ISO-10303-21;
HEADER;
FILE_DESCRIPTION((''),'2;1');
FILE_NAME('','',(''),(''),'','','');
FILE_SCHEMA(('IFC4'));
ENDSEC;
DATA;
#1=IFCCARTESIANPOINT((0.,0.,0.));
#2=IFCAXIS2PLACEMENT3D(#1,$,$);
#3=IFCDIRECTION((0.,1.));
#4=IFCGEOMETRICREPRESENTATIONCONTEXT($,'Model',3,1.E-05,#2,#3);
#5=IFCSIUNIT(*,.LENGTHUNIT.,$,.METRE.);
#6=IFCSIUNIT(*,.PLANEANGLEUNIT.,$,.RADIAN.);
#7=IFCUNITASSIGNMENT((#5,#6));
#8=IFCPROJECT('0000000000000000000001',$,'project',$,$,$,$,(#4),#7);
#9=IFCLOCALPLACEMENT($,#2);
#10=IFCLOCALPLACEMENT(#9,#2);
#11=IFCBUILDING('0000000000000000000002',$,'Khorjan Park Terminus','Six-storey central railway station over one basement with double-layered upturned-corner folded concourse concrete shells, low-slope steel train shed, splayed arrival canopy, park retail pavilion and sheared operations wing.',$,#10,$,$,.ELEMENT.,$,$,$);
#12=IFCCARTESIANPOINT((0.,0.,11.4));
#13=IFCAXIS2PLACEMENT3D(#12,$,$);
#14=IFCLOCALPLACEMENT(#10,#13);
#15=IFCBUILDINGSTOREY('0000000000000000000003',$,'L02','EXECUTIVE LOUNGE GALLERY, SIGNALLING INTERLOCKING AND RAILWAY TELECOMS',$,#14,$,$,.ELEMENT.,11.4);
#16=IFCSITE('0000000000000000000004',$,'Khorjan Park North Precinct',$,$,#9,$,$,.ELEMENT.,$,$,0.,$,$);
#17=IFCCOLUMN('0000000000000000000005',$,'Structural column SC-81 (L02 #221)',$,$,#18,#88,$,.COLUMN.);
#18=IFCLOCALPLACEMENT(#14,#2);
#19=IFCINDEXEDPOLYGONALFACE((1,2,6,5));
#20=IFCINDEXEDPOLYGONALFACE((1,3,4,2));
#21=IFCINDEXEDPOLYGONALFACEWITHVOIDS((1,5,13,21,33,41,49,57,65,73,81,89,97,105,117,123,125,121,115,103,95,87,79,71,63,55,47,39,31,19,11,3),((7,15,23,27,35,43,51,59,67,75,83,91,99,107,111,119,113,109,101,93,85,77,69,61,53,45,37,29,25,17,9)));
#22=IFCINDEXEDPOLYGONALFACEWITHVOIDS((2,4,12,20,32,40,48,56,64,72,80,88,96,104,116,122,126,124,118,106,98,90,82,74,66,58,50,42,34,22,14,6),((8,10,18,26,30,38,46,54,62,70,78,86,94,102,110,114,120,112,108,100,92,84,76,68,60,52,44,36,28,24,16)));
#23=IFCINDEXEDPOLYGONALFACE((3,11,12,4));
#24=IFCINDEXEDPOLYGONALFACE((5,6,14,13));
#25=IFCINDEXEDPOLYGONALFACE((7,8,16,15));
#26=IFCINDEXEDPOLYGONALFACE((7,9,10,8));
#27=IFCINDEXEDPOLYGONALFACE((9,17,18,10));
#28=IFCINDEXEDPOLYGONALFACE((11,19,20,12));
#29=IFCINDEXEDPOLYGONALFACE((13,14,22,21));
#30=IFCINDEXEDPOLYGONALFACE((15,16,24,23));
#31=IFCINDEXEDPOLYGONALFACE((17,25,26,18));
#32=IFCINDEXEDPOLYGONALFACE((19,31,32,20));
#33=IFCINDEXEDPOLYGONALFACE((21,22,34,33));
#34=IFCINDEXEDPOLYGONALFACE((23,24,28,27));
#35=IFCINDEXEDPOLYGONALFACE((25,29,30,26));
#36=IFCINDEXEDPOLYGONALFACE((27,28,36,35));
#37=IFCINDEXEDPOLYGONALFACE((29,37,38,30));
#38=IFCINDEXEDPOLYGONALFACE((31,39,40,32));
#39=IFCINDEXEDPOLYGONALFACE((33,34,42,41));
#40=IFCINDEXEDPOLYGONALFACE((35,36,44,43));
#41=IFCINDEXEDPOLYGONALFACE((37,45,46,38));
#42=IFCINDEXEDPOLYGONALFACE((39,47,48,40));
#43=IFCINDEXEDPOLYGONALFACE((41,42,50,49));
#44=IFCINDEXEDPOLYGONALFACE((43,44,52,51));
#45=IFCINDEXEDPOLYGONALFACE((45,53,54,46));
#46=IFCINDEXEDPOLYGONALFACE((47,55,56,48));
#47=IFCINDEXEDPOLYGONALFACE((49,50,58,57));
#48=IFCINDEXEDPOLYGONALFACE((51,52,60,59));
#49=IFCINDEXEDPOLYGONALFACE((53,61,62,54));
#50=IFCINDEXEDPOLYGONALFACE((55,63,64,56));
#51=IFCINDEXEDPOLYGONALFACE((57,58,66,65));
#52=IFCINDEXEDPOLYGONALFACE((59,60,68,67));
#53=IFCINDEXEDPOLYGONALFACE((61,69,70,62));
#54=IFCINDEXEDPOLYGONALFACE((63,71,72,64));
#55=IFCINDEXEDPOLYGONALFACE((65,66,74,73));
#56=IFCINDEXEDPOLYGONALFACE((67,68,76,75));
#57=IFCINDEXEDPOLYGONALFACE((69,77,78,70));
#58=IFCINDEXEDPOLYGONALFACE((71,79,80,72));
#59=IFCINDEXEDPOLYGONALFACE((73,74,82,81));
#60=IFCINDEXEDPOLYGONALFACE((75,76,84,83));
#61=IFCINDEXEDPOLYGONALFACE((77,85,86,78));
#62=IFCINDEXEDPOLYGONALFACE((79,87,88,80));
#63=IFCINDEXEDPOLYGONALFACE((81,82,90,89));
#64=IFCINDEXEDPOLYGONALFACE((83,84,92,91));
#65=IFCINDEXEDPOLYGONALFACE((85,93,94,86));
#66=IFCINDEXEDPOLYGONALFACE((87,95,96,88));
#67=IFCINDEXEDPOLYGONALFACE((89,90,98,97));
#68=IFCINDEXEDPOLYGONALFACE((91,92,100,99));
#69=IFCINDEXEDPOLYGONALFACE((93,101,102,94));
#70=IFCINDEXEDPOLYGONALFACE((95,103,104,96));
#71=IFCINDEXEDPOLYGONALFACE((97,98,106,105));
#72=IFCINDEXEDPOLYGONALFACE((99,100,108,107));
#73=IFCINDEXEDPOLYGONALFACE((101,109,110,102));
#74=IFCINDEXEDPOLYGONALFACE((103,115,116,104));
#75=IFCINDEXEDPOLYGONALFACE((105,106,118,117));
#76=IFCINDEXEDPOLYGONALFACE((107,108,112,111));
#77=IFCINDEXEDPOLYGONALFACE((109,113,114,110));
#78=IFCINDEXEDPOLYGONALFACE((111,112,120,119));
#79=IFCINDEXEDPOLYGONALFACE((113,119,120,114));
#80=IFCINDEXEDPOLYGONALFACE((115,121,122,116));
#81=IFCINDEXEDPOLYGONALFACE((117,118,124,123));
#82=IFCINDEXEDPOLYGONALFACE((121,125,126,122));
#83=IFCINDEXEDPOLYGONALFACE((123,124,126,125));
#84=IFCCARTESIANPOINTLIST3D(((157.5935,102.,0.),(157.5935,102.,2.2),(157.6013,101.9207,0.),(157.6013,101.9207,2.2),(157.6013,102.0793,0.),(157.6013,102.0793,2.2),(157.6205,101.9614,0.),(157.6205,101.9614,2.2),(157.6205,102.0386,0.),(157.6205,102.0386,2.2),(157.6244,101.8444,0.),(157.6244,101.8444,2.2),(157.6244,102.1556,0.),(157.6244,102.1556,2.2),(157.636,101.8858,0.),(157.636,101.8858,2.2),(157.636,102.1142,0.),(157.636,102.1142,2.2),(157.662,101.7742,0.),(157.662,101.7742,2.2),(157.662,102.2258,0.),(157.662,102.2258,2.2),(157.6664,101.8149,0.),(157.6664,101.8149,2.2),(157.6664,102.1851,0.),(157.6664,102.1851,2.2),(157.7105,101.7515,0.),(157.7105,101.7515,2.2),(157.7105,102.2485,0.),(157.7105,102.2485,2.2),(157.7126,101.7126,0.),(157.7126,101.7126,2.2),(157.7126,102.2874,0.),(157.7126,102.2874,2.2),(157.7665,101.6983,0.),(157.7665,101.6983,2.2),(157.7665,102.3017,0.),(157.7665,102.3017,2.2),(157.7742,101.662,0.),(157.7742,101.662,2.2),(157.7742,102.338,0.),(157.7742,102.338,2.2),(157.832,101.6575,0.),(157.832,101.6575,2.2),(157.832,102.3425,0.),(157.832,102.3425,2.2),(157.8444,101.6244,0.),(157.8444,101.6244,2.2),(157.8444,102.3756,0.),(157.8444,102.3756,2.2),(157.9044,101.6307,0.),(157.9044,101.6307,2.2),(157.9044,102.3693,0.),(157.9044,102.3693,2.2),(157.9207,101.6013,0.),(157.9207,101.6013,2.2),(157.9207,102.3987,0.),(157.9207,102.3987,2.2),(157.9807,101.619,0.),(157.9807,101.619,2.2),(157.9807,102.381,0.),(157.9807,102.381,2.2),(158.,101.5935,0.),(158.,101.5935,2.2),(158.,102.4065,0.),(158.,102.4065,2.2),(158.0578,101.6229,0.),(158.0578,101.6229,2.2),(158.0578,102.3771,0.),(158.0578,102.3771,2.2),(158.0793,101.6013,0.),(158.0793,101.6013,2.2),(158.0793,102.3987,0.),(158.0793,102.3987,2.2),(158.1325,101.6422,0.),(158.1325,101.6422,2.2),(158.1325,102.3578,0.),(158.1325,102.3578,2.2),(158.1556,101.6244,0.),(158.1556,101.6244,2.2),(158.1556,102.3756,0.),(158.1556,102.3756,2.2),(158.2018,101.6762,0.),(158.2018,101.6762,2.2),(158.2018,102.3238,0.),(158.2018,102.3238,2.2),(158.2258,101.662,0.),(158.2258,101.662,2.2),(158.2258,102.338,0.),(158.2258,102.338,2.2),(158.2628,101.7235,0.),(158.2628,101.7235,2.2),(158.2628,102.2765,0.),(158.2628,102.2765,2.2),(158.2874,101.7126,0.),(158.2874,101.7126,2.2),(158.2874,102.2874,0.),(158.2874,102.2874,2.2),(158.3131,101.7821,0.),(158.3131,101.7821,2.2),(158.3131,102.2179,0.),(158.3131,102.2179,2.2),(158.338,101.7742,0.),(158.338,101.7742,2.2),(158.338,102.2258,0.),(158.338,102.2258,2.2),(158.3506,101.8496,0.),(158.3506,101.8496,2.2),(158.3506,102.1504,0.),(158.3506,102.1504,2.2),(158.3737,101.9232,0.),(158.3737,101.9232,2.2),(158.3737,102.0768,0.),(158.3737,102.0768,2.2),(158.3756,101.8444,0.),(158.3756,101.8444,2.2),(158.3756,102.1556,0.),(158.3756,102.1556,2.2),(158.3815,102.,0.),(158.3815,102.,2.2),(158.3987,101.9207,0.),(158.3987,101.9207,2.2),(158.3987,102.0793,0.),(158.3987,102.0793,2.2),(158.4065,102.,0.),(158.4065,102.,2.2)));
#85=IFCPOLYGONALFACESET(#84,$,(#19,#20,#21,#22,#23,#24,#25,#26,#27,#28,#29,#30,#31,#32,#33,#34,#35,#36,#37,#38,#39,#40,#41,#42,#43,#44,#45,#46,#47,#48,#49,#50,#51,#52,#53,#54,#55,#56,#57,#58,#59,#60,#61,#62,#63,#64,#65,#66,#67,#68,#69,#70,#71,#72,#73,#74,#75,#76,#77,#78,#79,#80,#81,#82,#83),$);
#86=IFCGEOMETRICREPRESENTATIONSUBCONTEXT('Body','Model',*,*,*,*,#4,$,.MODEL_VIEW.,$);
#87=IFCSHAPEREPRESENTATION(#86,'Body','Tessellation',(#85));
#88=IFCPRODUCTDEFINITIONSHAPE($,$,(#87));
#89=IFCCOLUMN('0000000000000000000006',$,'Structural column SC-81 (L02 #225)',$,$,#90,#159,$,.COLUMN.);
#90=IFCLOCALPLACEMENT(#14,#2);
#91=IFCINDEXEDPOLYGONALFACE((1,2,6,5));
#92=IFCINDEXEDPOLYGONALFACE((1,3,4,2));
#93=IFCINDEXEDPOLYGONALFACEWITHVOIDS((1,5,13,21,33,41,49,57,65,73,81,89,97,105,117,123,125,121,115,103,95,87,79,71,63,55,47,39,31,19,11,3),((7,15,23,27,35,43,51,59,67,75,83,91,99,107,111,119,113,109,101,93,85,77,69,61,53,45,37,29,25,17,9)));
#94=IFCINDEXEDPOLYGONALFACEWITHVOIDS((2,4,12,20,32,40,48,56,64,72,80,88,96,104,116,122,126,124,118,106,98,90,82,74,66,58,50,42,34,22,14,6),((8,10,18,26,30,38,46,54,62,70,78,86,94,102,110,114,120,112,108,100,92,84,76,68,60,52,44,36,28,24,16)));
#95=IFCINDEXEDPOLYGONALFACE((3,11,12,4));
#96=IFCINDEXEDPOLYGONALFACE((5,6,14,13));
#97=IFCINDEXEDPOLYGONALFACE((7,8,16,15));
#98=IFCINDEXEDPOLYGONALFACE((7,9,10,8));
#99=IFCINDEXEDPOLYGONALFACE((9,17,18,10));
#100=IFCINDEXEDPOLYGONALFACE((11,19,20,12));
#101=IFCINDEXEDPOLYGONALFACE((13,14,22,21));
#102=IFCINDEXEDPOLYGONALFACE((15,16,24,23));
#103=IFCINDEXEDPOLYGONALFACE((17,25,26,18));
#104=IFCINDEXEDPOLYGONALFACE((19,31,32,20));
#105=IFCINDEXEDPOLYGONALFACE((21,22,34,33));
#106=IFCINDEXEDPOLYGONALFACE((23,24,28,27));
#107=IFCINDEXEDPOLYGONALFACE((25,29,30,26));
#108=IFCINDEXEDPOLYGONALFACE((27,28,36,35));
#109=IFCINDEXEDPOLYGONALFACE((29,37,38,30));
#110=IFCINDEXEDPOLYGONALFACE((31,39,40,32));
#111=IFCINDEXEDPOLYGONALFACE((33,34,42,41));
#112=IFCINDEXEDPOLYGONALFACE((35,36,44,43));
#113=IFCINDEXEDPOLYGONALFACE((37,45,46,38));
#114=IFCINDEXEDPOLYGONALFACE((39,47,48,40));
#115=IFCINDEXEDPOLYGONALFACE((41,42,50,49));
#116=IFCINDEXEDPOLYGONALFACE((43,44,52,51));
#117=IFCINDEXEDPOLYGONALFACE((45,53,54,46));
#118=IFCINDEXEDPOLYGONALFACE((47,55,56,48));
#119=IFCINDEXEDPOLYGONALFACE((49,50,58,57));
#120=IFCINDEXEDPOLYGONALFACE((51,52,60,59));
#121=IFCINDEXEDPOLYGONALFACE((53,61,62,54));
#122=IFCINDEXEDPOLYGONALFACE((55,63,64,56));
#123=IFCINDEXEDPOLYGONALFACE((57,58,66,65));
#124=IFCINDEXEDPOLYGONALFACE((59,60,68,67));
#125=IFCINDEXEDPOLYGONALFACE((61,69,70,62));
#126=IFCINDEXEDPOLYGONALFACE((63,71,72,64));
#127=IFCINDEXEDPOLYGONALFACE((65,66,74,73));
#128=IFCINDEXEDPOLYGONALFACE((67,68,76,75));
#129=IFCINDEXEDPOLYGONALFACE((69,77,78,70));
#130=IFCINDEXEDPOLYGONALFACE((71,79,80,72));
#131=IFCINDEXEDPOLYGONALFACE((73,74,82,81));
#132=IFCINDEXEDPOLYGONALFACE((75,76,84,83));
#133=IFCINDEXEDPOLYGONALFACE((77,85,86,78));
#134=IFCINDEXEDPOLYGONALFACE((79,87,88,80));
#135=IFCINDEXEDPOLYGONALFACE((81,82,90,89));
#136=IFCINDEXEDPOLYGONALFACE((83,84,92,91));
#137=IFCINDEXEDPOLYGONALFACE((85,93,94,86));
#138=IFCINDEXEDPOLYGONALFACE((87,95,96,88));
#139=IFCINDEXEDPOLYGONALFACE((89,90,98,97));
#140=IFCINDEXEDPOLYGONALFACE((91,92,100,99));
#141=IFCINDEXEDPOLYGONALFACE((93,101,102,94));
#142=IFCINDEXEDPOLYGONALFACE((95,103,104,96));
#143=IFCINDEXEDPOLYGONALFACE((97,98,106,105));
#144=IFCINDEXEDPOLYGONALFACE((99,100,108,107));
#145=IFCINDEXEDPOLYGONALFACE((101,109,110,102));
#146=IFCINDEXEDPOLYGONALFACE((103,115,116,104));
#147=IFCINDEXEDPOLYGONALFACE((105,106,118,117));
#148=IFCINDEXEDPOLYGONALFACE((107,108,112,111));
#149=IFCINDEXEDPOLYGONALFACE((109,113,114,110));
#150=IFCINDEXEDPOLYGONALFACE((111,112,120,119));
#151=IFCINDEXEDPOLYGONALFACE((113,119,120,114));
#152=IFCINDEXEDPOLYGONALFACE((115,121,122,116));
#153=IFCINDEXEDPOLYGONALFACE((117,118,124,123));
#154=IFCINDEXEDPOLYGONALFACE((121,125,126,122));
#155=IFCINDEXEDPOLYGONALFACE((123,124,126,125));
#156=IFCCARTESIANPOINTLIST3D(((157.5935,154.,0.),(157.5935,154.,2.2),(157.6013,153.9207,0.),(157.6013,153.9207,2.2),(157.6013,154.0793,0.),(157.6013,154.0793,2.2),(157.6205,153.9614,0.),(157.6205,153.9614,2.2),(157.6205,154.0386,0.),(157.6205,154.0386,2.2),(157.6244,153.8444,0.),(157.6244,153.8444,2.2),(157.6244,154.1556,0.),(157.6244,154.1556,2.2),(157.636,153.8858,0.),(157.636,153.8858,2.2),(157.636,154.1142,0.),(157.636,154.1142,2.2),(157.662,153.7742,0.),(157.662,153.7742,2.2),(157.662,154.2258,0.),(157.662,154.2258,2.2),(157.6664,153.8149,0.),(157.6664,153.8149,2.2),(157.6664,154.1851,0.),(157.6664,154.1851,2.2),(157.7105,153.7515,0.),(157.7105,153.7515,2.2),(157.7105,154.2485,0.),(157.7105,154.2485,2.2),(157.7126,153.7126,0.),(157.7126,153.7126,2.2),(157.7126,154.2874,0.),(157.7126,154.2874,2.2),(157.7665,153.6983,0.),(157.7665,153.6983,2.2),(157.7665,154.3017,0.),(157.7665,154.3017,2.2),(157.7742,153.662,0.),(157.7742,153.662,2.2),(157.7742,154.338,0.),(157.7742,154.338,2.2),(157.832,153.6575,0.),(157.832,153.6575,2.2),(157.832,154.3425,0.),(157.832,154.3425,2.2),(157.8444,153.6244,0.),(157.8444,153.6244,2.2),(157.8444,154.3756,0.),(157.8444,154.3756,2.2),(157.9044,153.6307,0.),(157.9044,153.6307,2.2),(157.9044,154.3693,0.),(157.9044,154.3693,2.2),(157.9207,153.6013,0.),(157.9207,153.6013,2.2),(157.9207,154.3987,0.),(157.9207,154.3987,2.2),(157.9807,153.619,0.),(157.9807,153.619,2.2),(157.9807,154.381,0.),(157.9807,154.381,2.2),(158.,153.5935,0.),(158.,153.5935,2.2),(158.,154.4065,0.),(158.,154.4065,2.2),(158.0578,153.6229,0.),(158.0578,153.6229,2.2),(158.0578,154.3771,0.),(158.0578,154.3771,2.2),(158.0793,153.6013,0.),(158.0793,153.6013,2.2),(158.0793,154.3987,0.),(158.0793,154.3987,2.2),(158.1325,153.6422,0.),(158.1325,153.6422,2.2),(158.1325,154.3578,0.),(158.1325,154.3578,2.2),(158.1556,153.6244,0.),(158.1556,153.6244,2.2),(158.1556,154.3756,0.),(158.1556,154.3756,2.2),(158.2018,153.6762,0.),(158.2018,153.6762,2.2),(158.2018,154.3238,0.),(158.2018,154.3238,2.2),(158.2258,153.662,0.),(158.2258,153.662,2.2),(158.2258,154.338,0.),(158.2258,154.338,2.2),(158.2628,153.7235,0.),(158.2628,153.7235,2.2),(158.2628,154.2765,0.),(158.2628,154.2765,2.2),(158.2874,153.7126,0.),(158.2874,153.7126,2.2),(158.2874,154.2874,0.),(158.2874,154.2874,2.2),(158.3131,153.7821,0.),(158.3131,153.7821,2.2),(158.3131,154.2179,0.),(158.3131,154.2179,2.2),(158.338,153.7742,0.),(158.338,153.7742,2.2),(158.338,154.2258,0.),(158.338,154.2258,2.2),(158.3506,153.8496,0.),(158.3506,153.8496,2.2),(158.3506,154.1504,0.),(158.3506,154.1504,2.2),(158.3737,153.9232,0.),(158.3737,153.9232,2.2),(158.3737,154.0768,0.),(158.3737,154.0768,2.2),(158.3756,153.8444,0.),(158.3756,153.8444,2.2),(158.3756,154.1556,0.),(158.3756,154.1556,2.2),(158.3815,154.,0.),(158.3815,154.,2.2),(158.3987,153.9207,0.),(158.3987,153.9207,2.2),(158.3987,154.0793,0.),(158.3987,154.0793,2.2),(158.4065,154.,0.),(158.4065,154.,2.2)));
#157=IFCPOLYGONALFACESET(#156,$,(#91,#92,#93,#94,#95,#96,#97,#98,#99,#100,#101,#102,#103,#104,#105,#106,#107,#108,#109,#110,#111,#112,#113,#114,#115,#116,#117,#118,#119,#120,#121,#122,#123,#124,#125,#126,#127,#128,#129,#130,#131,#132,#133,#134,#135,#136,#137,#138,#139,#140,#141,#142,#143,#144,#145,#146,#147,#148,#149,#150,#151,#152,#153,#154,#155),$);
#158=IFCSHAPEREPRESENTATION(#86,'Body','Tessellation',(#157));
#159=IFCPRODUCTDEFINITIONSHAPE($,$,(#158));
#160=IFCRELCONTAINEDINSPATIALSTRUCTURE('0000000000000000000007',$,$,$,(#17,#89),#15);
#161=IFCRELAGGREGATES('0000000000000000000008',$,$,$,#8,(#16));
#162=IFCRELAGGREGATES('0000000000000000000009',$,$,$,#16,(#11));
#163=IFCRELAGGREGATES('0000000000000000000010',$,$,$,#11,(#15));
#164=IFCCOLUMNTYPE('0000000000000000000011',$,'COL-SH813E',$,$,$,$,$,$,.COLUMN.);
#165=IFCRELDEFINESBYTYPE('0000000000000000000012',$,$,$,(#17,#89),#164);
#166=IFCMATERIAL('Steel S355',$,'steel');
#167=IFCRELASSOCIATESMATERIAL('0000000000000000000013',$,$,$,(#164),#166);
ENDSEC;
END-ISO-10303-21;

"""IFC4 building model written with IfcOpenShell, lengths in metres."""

from ifc_helpers import new_model, si_unit, direction, frame, origin, origin_2d, place, context, subcontext, project, spatial, hollow_circle, extrude, material, material_profile, profile_set, type_object, element, save


model = new_model("IFC4")

# Units and contexts
model_context = context("Model", 3, precision=1e-05, world=origin(), true_north=direction((0.0, 1.0)))
body_context = subcontext(model_context, "Body", "Model", "MODEL_VIEW")
ifc_project = project(units=[si_unit("LENGTHUNIT", "METRE"), si_unit("PLANEANGLEUNIT", "RADIAN")], contexts=[model_context])

# Site, building, storey
site_placement = place(None, origin())
site = spatial("IfcSite", under=ifc_project, at=site_placement, Name="Khorjan Park North Precinct", CompositionType="ELEMENT", RefElevation=0.0)
building_placement = place(site_placement, origin())
building = spatial("IfcBuilding", under=site, at=building_placement, Name="Khorjan Park Terminus", Description="Six-storey central railway station over one basement with double-layered upturned-corner folded concourse concrete shells, low-slope steel train shed, splayed arrival canopy, park retail pavilion and sheared operations wing.", CompositionType="ELEMENT")
storey_placement = place(building_placement, frame((0.0, 0.0, 11.4)))
storey = spatial("IfcBuildingStorey", under=building, at=storey_placement, Name="L02", Description="EXECUTIVE LOUNGE GALLERY, SIGNALLING INTERLOCKING AND RAILWAY TELECOMS", CompositionType="ELEMENT", Elevation=11.4)

# Columns
ifc_material_1 = material(Name="Steel S355", Category="steel")
ifc_material_profile_1 = material_profile(ifc_material_1, hollow_circle(Radius=0.4065, WallThickness=0.025, at=origin_2d()), Name="CHS 813x25")
ifc_profile_set_1 = profile_set([ifc_material_profile_1], Name="Steel S355")
column_type_1 = type_object("IfcColumnType", Name="COL-SH813E", PredefinedType="COLUMN", material=ifc_profile_set_1)
for number, where, z_axis, x_axis, name in (
    (1, (158.0, 102.0, 0.0), (0.0, 0.0, 1.0), (1.0, 0.0, 0.0), "Structural column SC-81 (L02 #221)"),
    (2, (158.0, 154.0, 0.0), (0.0, 0.0, 1.0), (1.0, 0.0, 0.0), "Structural column SC-81 (L02 #225)"),
):
    element("IfcColumn", number, at=place(storey_placement, frame(where, z_axis=z_axis, x_axis=x_axis)), inside=storey, type_object=column_type_1, Name=name, PredefinedType="COLUMN", context=body_context, shape_type="SweptSolid", body=[
        extrude(hollow_circle(Radius=0.4065, WallThickness=0.025, at=origin_2d()), origin(), (0.0, 0.0, 1.0), 2.2),
    ])

save(model, "model.ifc")
